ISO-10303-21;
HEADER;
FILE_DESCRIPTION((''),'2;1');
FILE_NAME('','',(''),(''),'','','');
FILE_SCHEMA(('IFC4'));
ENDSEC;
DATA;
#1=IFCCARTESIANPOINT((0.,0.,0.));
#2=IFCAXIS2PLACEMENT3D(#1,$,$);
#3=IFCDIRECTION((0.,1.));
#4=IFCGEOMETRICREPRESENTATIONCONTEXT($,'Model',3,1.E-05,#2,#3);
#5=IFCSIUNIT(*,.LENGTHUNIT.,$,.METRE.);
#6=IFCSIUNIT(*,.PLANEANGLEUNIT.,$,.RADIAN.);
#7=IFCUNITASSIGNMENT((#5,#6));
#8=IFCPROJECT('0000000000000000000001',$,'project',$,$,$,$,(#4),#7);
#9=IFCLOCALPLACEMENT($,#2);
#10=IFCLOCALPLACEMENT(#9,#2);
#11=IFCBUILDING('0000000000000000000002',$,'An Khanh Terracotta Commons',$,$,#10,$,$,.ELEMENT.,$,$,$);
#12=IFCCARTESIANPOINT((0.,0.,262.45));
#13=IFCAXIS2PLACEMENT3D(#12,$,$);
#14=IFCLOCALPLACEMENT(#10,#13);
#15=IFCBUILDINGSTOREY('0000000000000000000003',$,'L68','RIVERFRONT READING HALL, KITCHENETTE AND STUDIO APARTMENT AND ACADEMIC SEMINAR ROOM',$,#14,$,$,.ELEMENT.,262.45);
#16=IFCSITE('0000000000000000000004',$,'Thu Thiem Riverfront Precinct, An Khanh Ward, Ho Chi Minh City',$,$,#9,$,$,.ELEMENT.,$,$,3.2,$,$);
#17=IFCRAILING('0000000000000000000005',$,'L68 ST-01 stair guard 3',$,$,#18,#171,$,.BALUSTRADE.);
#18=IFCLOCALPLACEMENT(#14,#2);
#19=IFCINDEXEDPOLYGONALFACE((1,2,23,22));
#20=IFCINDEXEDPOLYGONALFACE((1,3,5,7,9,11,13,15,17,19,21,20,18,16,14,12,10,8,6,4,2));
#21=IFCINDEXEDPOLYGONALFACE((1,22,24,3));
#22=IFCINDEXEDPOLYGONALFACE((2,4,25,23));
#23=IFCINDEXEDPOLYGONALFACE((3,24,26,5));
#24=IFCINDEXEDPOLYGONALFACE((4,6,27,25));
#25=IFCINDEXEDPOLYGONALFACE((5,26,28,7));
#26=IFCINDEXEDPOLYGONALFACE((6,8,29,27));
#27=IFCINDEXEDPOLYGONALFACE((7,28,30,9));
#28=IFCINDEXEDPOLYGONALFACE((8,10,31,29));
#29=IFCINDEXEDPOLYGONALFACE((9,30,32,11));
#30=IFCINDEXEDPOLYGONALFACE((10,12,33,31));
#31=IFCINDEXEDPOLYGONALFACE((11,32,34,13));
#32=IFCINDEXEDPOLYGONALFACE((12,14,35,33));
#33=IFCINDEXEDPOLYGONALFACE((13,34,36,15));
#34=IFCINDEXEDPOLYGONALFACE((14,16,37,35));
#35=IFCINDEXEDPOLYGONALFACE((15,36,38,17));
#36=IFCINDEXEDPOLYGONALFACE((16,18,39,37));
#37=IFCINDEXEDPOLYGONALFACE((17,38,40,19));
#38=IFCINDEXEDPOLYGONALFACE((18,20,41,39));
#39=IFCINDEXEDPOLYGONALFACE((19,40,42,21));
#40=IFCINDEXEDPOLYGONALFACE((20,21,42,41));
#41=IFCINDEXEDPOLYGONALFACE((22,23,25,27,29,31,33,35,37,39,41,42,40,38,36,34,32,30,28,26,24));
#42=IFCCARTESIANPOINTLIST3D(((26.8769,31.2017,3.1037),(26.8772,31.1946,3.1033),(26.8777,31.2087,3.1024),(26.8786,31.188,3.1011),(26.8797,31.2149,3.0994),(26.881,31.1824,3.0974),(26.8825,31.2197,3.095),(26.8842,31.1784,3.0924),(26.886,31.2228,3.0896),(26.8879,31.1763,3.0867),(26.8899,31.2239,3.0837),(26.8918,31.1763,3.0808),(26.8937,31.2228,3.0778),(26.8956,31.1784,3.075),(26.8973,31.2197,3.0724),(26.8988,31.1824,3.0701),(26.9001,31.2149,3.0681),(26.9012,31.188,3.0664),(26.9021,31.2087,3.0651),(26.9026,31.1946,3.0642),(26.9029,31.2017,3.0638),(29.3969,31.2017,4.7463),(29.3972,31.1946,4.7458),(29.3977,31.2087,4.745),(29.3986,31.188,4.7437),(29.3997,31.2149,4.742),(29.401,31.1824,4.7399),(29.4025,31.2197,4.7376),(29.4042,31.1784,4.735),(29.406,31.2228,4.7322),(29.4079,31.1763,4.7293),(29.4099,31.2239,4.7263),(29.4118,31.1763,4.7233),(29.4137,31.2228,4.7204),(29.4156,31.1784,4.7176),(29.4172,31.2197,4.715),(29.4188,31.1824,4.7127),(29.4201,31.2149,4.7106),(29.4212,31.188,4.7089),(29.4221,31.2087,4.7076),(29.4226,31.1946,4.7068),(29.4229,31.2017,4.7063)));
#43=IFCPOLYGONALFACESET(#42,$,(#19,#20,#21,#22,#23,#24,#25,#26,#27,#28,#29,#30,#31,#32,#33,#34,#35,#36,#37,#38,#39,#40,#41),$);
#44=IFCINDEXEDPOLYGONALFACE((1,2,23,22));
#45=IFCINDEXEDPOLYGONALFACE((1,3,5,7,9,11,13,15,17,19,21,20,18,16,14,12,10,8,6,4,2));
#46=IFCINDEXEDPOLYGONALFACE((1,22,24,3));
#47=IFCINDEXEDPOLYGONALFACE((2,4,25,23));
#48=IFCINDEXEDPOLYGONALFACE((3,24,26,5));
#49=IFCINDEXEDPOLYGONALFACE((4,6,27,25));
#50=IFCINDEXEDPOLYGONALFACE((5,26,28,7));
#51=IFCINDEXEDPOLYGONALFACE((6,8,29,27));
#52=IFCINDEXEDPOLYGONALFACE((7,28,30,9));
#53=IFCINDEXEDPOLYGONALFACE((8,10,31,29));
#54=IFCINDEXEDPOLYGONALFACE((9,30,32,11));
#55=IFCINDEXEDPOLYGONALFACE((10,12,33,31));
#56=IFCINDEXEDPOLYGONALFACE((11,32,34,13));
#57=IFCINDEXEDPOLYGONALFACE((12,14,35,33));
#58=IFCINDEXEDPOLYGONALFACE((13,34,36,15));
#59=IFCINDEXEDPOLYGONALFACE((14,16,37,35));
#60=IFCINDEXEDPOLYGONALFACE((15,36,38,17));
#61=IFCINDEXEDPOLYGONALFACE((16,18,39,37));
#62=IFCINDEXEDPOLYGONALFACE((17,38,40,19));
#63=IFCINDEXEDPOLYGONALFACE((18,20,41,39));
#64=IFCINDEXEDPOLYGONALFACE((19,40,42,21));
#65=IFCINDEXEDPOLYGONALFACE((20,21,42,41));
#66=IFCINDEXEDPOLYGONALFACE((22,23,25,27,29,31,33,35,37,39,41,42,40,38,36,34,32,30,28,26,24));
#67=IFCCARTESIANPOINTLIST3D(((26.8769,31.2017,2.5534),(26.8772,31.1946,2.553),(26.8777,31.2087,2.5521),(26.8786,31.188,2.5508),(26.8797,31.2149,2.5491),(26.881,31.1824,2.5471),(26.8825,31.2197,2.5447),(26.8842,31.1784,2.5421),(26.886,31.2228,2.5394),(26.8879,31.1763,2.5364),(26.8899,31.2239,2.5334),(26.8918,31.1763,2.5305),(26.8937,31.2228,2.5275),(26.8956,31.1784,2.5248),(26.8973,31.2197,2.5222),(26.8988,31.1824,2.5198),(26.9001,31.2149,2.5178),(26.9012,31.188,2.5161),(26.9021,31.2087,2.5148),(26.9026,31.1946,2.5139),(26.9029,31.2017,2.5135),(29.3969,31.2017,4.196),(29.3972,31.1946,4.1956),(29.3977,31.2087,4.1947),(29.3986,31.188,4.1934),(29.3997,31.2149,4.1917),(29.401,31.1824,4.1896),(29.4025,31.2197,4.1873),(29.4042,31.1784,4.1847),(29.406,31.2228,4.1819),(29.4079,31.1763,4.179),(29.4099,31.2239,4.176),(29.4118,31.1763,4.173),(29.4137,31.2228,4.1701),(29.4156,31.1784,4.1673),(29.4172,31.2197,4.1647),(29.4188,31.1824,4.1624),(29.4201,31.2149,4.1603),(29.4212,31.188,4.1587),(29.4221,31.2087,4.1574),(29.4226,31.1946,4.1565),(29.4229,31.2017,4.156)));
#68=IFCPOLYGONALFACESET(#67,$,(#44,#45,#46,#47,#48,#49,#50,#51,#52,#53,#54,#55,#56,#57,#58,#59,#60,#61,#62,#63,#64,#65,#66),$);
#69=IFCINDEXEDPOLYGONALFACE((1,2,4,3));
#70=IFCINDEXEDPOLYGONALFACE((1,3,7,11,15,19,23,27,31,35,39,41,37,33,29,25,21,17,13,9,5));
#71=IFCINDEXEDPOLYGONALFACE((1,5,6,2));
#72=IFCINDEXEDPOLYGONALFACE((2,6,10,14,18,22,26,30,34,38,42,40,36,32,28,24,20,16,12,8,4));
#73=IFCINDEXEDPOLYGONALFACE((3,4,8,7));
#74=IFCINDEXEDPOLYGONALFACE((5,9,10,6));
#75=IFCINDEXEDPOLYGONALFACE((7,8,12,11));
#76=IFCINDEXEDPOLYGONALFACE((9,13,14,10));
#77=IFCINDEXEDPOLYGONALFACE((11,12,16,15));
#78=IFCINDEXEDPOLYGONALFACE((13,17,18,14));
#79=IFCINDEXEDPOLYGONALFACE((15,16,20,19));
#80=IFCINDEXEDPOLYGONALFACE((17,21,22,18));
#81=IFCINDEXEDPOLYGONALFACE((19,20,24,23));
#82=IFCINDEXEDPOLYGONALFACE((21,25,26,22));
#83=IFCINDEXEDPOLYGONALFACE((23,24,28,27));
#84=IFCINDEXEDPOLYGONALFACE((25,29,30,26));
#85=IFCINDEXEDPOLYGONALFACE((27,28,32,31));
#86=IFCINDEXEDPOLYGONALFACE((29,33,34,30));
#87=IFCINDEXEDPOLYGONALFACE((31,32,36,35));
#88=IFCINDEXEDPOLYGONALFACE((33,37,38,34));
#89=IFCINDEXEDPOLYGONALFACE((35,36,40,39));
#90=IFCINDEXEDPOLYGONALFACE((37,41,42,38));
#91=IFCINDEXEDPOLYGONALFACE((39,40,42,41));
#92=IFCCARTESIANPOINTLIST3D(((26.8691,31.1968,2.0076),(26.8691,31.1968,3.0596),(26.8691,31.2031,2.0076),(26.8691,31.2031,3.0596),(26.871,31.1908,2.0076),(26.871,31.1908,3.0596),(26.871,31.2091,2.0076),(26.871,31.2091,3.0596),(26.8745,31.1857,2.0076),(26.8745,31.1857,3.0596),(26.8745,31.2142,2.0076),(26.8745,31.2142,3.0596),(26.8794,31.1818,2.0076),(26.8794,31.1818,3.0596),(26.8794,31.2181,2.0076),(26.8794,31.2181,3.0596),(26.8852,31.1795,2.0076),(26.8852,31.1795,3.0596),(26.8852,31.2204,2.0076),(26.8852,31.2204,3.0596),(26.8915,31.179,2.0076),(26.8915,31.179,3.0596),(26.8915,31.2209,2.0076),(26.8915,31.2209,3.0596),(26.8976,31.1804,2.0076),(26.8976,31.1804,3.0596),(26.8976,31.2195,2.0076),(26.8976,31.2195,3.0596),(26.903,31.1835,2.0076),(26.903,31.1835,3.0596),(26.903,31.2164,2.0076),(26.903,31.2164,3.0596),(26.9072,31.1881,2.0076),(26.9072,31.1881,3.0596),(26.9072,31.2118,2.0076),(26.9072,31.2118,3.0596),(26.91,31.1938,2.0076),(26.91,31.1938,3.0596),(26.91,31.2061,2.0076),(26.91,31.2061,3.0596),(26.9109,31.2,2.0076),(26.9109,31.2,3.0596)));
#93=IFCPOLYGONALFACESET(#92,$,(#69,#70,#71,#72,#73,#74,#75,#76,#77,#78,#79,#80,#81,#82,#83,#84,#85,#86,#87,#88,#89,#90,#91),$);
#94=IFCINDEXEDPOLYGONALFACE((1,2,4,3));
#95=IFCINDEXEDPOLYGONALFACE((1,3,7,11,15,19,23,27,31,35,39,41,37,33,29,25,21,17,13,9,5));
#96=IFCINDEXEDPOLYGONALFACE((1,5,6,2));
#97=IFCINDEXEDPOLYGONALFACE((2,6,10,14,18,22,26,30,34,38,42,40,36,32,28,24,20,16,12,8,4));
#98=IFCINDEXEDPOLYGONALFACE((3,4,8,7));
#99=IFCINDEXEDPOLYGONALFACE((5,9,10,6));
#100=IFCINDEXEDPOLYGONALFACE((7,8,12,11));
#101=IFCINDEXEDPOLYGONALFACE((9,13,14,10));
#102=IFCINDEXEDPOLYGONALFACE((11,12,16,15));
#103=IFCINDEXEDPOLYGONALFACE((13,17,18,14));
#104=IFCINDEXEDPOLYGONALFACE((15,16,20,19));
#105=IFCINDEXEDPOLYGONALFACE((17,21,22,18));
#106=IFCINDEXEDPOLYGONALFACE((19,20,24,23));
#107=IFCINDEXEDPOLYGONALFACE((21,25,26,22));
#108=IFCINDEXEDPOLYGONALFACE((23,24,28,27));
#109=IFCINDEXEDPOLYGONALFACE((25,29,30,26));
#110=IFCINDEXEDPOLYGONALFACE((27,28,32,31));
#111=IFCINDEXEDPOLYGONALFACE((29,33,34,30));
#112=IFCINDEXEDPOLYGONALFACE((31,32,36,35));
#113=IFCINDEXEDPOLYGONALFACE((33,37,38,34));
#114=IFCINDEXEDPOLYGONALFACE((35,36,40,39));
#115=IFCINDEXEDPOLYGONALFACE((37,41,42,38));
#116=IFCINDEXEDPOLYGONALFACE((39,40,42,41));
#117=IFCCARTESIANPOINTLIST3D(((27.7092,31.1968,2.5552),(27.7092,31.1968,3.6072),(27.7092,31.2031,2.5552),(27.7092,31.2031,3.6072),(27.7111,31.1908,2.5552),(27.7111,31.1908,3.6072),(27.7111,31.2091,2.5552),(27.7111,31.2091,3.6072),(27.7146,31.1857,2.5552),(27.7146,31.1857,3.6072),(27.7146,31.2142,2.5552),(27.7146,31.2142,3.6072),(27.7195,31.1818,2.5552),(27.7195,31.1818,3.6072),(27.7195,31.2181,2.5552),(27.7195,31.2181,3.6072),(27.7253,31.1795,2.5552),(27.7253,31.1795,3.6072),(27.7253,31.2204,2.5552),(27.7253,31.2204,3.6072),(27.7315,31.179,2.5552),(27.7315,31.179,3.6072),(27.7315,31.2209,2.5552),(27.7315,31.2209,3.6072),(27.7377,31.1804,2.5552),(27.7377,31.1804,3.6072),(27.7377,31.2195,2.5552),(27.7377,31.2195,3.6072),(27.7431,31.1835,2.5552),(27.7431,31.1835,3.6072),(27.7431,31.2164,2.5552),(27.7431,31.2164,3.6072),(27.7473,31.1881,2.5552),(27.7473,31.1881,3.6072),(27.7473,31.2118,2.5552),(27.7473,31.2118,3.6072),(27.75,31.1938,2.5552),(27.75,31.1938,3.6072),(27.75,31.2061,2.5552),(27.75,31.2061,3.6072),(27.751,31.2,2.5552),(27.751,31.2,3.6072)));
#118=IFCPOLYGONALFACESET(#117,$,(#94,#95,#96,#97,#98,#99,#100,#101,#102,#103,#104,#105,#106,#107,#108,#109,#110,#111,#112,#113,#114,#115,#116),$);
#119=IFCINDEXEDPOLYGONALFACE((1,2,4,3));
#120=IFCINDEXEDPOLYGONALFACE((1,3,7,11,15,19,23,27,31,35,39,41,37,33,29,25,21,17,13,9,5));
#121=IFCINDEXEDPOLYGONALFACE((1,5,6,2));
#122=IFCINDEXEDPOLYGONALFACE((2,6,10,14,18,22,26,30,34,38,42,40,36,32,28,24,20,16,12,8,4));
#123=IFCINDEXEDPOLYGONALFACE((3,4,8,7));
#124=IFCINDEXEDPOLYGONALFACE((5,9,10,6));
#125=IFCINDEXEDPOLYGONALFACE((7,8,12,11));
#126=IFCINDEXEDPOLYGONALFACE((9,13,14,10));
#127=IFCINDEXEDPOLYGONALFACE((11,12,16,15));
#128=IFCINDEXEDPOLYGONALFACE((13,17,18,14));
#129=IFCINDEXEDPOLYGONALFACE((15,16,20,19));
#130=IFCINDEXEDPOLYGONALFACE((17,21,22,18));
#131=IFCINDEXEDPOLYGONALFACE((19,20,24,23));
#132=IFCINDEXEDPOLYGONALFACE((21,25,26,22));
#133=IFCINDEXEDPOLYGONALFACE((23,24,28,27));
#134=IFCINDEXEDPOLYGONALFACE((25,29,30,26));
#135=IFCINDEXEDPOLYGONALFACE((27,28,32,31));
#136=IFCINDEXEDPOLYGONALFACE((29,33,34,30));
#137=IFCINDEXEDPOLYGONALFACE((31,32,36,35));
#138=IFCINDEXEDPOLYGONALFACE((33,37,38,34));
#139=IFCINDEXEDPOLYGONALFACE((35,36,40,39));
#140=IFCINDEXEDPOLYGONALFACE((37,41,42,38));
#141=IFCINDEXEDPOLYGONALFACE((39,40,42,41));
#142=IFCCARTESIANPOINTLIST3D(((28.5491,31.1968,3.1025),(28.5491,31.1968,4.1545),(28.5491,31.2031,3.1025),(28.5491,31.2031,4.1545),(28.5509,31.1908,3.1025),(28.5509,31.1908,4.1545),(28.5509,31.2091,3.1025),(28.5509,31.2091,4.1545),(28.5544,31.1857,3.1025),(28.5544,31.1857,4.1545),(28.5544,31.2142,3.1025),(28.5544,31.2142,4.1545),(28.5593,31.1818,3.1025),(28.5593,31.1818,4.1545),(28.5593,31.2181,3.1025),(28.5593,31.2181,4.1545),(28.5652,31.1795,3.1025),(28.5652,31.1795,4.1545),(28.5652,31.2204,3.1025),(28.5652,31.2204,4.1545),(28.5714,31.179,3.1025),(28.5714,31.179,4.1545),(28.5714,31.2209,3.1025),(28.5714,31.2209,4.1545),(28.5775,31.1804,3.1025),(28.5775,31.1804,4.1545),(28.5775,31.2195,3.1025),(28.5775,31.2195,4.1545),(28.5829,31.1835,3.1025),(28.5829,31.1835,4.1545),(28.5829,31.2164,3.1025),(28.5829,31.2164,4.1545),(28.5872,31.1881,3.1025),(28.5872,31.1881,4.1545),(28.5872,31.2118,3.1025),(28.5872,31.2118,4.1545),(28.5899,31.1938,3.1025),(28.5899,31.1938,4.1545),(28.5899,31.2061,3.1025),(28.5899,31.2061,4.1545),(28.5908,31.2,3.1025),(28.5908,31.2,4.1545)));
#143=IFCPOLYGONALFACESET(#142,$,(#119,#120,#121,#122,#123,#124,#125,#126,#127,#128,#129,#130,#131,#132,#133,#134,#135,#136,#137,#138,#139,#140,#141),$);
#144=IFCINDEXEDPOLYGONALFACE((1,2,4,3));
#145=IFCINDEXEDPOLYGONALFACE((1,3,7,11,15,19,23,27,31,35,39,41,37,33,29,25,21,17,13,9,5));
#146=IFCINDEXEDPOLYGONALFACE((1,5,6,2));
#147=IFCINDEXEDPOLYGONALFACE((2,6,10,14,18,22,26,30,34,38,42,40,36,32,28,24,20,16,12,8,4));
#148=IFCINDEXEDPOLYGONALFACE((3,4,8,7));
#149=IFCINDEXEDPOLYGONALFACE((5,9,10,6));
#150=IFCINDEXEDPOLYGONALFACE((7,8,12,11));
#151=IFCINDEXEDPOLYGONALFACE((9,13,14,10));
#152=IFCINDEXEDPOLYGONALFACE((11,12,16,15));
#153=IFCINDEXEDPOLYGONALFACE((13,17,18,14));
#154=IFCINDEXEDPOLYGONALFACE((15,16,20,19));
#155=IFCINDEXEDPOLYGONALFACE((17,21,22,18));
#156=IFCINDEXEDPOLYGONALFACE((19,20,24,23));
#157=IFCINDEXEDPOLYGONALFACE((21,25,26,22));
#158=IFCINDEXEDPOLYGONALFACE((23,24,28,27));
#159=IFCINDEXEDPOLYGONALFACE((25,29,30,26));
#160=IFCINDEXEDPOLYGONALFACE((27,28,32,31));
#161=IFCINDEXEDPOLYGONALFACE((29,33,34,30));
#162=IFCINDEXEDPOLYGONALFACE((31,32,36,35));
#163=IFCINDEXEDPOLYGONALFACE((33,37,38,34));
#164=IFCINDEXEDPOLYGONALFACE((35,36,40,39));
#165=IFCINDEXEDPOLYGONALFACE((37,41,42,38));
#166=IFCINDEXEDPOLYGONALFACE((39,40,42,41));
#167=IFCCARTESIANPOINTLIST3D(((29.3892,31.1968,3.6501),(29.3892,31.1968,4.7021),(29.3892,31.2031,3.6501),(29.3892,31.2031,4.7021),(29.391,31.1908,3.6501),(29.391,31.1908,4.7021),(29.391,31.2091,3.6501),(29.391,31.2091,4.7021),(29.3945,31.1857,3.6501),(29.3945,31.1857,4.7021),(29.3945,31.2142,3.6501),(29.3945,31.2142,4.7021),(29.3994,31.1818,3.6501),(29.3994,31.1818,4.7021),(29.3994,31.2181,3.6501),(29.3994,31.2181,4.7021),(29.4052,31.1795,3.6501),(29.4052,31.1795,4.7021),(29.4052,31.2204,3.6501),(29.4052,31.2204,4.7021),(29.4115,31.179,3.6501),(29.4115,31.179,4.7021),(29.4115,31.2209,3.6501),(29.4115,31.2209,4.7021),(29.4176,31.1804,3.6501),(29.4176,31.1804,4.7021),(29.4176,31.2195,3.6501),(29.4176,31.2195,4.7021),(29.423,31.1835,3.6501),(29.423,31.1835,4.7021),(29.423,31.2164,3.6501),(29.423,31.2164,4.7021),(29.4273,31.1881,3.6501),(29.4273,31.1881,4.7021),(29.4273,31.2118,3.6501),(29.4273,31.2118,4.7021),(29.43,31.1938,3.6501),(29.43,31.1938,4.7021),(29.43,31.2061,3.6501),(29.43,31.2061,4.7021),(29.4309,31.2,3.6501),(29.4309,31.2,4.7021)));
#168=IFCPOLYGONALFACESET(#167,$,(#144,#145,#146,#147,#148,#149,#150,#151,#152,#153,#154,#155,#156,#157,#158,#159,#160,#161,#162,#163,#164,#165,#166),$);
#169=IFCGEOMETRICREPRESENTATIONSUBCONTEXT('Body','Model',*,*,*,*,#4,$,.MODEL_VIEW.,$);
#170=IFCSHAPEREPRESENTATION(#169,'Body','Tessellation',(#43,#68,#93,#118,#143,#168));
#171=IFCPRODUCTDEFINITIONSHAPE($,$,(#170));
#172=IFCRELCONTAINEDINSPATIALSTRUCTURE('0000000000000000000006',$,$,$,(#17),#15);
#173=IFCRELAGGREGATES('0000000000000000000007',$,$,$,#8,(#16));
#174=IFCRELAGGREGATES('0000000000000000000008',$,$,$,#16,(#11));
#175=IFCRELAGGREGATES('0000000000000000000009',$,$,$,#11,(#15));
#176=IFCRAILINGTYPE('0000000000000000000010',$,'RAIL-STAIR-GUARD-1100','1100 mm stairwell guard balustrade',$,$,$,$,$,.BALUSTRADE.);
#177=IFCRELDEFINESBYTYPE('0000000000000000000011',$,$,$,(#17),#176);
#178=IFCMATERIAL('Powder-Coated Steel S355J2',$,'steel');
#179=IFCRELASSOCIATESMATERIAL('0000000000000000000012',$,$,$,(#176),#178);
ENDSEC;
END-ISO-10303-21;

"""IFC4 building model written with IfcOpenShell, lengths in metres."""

from ifc_helpers import new_model, si_unit, direction, frame, origin, origin_2d, place, context, subcontext, project, spatial, circle, extrude, material, type_object, element, save


model = new_model("IFC4")

# Units and contexts
model_context = context("Model", 3, precision=1e-05, world=origin(), true_north=direction((0.0, 1.0)))
body_context = subcontext(model_context, "Body", "Model", "MODEL_VIEW")
ifc_project = project(units=[si_unit("LENGTHUNIT", "METRE"), si_unit("PLANEANGLEUNIT", "RADIAN")], contexts=[model_context])

# Site, building, storey
site_placement = place(None, origin())
site = spatial("IfcSite", under=ifc_project, at=site_placement, Name="Thu Thiem Riverfront Precinct, An Khanh Ward, Ho Chi Minh City", CompositionType="ELEMENT", RefElevation=3.2)
building_placement = place(site_placement, origin())
building = spatial("IfcBuilding", under=site, at=building_placement, Name="An Khanh Terracotta Commons", CompositionType="ELEMENT")
storey_placement = place(building_placement, frame((0.0, 0.0, 262.45)))
storey = spatial("IfcBuildingStorey", under=building, at=storey_placement, Name="L68", Description="RIVERFRONT READING HALL, KITCHENETTE AND STUDIO APARTMENT AND ACADEMIC SEMINAR ROOM", CompositionType="ELEMENT", Elevation=262.45)

# Railing
ifc_material_1 = material(Name="Powder-Coated Steel S355J2", Category="steel")
railing_type_1 = type_object("IfcRailingType", Name="RAIL-STAIR-GUARD-1100", Description="1100 mm stairwell guard balustrade", PredefinedType="BALUSTRADE", material=ifc_material_1)
railing_1_placement = place(storey_placement, frame((26.8899, 31.2, 2.0076)))
element("IfcRailing", 1, at=railing_1_placement, inside=storey, type_object=railing_type_1, Name="L68 ST-01 stair guard 3", PredefinedType="BALUSTRADE", context=body_context, shape_type="SweptSolid", body=[
    extrude(circle(Radius=0.0239, at=origin_2d()), frame((0.0, 0.0, 1.0762), z_axis=(0.837749, 0.0, 0.546055), x_axis=(0.0, 1.0, 0.0)), (0.0, 0.0, 1.0), 3.0081),
    extrude(circle(Radius=0.0239, at=origin_2d()), frame((0.0, 0.0, 0.5259), z_axis=(0.837749, 0.0, 0.546055), x_axis=(0.0, 1.0, 0.0)), (0.0, 0.0, 1.0), 3.0081),
    extrude(circle(Radius=0.021, at=origin_2d()), origin(), (0.0, 0.0, 1.0), 1.052),
    extrude(circle(Radius=0.021, at=origin_2d()), frame((0.8401, 0.0, 0.5476)), (0.0, 0.0, 1.0), 1.052),
    extrude(circle(Radius=0.021, at=origin_2d()), frame((1.6799, 0.0, 1.095)), (0.0, 0.0, 1.0), 1.052),
    extrude(circle(Radius=0.021, at=origin_2d()), frame((2.52, 0.0, 1.6426)), (0.0, 0.0, 1.0), 1.052),
])

save(model, "model.ifc")
